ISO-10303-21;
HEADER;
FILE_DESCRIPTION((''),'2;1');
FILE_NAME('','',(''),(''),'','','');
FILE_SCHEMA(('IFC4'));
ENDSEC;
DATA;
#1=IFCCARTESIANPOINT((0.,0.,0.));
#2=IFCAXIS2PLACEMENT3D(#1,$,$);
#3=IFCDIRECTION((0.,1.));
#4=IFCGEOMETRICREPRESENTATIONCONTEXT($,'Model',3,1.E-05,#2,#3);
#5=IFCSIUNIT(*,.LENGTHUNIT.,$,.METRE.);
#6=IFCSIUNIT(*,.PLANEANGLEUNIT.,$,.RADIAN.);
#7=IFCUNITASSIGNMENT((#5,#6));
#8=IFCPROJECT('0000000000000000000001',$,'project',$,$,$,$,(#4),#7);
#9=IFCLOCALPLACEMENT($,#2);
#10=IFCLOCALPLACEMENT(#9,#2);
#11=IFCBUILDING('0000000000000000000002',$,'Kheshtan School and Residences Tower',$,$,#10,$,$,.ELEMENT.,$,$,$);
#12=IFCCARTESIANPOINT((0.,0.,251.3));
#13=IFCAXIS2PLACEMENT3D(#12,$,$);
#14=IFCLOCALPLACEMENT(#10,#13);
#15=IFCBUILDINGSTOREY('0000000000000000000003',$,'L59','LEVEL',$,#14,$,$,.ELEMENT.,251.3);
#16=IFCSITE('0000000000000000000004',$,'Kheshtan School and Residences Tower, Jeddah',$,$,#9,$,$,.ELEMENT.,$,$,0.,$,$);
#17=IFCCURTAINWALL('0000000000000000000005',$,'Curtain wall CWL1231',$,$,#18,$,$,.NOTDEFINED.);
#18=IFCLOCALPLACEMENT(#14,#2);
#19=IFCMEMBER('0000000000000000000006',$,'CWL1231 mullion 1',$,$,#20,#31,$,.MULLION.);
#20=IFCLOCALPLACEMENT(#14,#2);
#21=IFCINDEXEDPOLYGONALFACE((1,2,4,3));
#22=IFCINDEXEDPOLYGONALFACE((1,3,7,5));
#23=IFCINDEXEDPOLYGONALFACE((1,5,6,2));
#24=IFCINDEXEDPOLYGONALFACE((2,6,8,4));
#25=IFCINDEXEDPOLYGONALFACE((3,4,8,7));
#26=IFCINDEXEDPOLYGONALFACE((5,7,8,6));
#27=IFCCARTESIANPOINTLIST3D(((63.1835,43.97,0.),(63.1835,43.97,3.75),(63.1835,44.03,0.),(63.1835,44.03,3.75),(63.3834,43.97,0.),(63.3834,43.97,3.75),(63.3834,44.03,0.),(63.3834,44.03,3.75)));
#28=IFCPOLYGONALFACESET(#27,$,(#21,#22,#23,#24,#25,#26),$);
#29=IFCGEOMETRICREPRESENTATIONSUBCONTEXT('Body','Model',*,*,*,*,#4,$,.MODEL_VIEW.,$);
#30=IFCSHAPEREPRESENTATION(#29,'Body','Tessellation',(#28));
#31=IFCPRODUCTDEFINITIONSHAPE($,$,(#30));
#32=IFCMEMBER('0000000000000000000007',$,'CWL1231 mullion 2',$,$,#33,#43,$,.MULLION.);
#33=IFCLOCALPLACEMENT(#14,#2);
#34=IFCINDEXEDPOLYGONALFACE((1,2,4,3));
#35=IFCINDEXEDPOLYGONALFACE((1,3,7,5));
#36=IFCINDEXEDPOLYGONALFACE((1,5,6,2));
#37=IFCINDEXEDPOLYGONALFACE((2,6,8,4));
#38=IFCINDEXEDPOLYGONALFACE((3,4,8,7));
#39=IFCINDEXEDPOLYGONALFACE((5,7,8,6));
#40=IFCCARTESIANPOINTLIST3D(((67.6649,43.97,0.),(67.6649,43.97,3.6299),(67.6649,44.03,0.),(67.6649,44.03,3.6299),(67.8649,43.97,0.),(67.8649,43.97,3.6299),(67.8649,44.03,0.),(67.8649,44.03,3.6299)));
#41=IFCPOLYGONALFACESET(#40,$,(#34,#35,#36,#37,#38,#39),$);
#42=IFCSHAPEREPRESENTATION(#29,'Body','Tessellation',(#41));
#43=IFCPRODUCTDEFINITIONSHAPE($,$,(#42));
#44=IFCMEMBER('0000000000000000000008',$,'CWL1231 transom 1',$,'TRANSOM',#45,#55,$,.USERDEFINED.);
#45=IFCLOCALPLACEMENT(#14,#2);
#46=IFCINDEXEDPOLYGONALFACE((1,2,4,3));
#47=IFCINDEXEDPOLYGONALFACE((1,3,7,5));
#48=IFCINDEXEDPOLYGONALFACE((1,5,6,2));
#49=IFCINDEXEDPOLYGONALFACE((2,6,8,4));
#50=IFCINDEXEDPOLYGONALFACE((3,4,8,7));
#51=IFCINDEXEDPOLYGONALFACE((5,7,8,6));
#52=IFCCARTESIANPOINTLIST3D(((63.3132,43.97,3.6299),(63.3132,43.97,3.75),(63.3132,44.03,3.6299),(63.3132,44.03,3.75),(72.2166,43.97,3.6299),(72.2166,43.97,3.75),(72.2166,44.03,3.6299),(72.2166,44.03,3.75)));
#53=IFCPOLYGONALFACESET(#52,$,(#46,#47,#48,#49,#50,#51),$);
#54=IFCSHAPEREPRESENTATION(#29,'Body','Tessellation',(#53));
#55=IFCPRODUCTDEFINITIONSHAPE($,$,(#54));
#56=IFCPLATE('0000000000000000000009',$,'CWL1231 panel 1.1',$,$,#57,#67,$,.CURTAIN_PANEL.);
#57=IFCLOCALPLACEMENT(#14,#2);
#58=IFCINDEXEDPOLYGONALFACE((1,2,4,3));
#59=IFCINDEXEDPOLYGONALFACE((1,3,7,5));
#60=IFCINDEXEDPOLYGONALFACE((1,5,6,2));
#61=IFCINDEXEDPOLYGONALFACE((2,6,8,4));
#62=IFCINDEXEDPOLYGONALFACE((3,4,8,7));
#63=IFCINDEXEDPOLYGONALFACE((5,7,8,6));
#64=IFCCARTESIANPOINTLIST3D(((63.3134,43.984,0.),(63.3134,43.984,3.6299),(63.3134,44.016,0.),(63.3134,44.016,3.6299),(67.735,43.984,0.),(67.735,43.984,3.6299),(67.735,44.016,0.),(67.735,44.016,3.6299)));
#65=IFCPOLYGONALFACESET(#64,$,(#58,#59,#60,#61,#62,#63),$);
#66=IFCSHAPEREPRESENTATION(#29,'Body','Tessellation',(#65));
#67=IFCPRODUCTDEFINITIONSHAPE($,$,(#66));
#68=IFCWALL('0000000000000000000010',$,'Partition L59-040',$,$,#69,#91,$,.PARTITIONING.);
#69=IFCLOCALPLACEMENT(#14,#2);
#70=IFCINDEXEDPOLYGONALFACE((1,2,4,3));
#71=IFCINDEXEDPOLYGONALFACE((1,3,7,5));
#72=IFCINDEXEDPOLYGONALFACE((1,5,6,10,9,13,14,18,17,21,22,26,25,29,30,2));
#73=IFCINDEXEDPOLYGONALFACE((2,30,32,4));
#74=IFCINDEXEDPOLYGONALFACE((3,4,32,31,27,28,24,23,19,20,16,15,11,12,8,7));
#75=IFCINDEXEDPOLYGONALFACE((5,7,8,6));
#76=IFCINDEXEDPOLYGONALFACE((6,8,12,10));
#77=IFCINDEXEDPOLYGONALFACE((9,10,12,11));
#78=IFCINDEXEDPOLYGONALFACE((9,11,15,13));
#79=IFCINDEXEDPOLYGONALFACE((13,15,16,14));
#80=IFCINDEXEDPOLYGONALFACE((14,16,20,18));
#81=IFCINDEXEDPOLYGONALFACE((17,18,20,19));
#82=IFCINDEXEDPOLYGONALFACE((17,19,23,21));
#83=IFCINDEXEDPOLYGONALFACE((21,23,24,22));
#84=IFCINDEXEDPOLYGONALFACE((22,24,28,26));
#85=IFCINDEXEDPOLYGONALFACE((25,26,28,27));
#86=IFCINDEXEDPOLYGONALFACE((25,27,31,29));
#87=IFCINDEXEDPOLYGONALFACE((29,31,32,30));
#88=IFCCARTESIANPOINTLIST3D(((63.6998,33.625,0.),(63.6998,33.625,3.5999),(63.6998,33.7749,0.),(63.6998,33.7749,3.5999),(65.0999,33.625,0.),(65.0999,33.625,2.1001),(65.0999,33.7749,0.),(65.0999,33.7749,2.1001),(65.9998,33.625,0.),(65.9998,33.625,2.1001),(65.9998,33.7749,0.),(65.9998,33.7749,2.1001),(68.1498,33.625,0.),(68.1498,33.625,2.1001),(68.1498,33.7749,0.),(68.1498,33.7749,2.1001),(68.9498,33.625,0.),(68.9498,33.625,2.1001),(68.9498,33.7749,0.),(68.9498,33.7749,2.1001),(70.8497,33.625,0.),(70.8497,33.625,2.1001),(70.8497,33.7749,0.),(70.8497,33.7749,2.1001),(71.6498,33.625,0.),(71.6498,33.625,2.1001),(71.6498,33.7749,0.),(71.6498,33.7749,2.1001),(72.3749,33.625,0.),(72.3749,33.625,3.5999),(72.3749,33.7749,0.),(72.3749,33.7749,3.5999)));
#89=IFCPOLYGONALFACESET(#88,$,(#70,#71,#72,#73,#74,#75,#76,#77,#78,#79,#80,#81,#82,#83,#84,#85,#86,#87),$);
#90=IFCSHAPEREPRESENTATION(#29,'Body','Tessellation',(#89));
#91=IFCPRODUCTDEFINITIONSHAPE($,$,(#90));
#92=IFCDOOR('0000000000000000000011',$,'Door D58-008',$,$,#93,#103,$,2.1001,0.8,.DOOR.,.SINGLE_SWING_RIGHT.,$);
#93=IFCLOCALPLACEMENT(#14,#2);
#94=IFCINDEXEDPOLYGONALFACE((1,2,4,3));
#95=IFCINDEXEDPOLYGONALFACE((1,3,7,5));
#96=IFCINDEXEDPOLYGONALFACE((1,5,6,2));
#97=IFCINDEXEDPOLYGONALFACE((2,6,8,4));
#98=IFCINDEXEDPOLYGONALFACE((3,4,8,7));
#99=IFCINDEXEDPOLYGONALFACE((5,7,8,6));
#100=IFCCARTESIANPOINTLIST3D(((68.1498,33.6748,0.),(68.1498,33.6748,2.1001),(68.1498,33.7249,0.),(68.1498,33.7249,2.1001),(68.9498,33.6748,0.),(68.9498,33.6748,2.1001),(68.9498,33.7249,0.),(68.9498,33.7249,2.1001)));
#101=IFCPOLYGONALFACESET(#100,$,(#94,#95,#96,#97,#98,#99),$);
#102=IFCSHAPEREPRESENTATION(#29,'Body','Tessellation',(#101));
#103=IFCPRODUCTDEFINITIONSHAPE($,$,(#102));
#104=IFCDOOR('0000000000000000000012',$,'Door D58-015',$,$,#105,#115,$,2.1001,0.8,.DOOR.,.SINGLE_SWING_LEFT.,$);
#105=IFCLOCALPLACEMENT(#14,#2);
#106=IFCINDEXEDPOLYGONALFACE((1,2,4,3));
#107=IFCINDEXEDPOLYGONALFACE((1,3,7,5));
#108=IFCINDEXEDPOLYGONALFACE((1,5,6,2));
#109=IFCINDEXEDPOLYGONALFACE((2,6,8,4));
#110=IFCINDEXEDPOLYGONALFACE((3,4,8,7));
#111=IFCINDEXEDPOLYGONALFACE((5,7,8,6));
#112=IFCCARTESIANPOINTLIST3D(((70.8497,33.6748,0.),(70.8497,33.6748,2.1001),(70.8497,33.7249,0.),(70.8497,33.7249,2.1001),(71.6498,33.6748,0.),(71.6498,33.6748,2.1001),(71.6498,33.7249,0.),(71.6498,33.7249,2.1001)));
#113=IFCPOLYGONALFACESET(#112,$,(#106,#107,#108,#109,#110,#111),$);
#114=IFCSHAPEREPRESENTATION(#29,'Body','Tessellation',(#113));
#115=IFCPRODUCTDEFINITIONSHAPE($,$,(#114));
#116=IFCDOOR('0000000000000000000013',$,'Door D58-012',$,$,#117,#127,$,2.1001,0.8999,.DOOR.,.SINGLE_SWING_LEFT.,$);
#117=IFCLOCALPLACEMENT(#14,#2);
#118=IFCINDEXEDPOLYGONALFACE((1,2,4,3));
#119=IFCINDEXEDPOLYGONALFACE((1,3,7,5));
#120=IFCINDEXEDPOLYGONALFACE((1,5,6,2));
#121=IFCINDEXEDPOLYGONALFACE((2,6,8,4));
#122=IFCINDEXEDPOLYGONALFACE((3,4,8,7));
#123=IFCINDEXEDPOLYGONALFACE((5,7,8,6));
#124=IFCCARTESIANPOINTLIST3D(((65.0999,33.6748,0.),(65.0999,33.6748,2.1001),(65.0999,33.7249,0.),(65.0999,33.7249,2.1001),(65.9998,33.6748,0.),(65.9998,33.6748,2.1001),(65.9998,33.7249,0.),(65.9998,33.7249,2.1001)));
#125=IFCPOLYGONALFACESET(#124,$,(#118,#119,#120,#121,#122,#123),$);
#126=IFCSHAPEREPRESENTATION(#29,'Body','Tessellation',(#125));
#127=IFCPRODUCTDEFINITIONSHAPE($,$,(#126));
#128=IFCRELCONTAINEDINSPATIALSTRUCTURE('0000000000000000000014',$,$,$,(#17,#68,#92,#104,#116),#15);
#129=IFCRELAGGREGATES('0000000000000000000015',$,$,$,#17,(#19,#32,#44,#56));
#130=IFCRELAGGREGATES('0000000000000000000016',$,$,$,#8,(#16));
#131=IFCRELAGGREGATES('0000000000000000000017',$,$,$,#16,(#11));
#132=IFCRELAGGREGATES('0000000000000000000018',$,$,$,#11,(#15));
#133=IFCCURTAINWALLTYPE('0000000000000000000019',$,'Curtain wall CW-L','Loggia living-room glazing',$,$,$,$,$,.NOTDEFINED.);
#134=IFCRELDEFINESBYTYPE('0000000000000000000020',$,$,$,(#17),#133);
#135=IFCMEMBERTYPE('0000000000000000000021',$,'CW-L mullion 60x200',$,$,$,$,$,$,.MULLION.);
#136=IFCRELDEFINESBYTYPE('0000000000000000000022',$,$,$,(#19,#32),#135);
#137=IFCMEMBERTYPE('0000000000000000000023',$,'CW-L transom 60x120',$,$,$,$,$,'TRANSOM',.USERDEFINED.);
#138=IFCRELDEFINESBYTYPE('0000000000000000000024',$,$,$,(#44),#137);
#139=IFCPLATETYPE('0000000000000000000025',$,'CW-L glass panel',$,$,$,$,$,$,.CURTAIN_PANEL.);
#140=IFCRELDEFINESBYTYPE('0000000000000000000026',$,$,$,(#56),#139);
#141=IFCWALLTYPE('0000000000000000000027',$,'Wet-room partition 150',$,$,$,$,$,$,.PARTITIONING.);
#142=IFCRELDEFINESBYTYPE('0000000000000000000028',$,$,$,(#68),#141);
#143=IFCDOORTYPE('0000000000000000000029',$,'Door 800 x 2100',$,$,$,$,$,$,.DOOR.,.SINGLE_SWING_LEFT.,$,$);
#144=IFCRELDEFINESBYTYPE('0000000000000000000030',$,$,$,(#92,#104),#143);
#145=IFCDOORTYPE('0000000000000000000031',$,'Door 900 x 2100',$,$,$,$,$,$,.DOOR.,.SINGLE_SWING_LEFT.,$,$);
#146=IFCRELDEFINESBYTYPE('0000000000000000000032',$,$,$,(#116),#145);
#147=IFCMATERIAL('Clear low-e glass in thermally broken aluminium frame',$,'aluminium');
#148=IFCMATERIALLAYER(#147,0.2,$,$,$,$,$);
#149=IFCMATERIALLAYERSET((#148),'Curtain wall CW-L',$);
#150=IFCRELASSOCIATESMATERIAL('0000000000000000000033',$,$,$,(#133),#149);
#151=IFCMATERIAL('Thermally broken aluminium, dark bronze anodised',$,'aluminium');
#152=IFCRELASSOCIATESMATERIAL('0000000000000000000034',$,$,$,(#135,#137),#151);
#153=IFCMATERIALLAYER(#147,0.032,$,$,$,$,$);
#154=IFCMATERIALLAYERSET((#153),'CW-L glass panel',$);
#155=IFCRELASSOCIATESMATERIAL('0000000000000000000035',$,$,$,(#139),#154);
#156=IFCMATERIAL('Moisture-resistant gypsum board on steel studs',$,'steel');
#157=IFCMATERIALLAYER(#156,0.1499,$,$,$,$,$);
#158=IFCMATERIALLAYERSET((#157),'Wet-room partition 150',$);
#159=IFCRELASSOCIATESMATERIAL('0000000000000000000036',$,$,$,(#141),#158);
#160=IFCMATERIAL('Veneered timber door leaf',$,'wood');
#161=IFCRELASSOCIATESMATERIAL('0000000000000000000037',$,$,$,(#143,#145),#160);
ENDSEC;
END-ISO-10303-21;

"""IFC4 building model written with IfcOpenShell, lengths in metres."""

from ifc_helpers import new_model, si_unit, direction, frame, frame_2d, origin, origin_2d, place, context, subcontext, project, spatial, rectangle, extrude, source, transform, mapped, material, layer, layer_set, material_profile, profile_set, type_object, element, fill, aggregate, save


model = new_model("IFC4")

# Units and contexts
model_context = context("Model", 3, precision=1e-05, world=origin(), true_north=direction((0.0, 1.0)))
body_context = subcontext(model_context, "Body", "Model", "MODEL_VIEW")
ifc_project = project(units=[si_unit("LENGTHUNIT", "METRE"), si_unit("PLANEANGLEUNIT", "RADIAN")], contexts=[model_context])

# Site, building, storey
site_placement = place(None, origin())
site = spatial("IfcSite", under=ifc_project, at=site_placement, Name="Kheshtan School and Residences Tower, Jeddah", CompositionType="ELEMENT", RefElevation=0.0)
building_placement = place(site_placement, origin())
building = spatial("IfcBuilding", under=site, at=building_placement, Name="Kheshtan School and Residences Tower", CompositionType="ELEMENT")
storey_placement = place(building_placement, frame((0.0, 0.0, 251.3)))
storey = spatial("IfcBuildingStorey", under=building, at=storey_placement, Name="L59", Description="LEVEL", CompositionType="ELEMENT", Elevation=251.3)

# Curtain wall, members, plate
ifc_material_1 = material(Name="Clear low-e glass in thermally broken aluminium frame", Category="aluminium")
ifc_layer_1 = layer(ifc_material_1, 0.2)
ifc_layer_set_1 = layer_set([ifc_layer_1], Name="Curtain wall CW-L")
curtain_wall_type = type_object("IfcCurtainWallType", Name="Curtain wall CW-L", Description="Loggia living-room glazing", PredefinedType="NOTDEFINED", material=ifc_layer_set_1)
curtain_wall_placement = place(storey_placement, origin())
curtain_wall = element("IfcCurtainWall", 1, at=curtain_wall_placement, inside=storey, type_object=curtain_wall_type, Name="Curtain wall CWL1231", PredefinedType="NOTDEFINED")
ifc_material_2 = material(Name="Thermally broken aluminium, dark bronze anodised", Category="aluminium")
ifc_material_profile_1 = material_profile(ifc_material_2, rectangle(XDim=0.0601, YDim=0.2, at=origin_2d()), Name="CW-L mullion 60x200")
ifc_profile_set_1 = profile_set([ifc_material_profile_1], Name="Thermally broken aluminium, dark bronze anodised")
member_type_1 = type_object("IfcMemberType", Name="CW-L mullion 60x200", PredefinedType="MULLION", material=ifc_profile_set_1)
member_1_placement = place(storey_placement, frame((63.2834, 44.0, 0.0), z_axis=(0.0, 0.0, 1.0), x_axis=(0.0, 1.0, 0.0)))
member_1 = element("IfcMember", 2, at=member_1_placement, type_object=member_type_1, Name="CWL1231 mullion 1", PredefinedType="MULLION", context=body_context, shape_type="SweptSolid", body=[
    extrude(rectangle(XDim=0.0601, YDim=0.2, at=origin_2d()), origin(), (0.0, 0.0, 1.0), 3.75),
])
member_2_placement = place(storey_placement, frame((67.7649, 44.0, 0.0), z_axis=(0.0, 0.0, 1.0), x_axis=(0.0, 1.0, 0.0)))
member_2 = element("IfcMember", 3, at=member_2_placement, type_object=member_type_1, Name="CWL1231 mullion 2", PredefinedType="MULLION", context=body_context, shape_type="SweptSolid", body=[
    extrude(rectangle(XDim=0.0601, YDim=0.2, at=origin_2d()), origin(), (0.0, 0.0, 1.0), 3.6299),
])
ifc_material_profile_2 = material_profile(ifc_material_2, rectangle(XDim=0.0601, YDim=0.1201, at=origin_2d()), Name="CW-L transom 60x120")
ifc_profile_set_2 = profile_set([ifc_material_profile_2], Name="Thermally broken aluminium, dark bronze anodised")
member_type_2 = type_object("IfcMemberType", Name="CW-L transom 60x120", ElementType="TRANSOM", PredefinedType="USERDEFINED", material=ifc_profile_set_2)
member_3_placement = place(storey_placement, frame((63.3132, 44.0, 3.6899), z_axis=(1.0, 0.0, 0.0), x_axis=(0.0, 1.0, 0.0)))
member_3 = element("IfcMember", 4, at=member_3_placement, type_object=member_type_2, Name="CWL1231 transom 1", ObjectType="TRANSOM", PredefinedType="USERDEFINED", context=body_context, shape_type="SweptSolid", body=[
    extrude(rectangle(XDim=0.0601, YDim=0.1201, at=origin_2d()), origin(), (0.0, 0.0, 1.0), 8.9033),
])
ifc_layer_2 = layer(ifc_material_1, 0.032)
ifc_layer_set_2 = layer_set([ifc_layer_2], Name="CW-L glass panel")
plate_type = type_object("IfcPlateType", Name="CW-L glass panel", PredefinedType="CURTAIN_PANEL", material=ifc_layer_set_2)
plate_placement = place(storey_placement, frame((65.5242, 44.0, 0.0), z_axis=(0.0, 0.0, 1.0), x_axis=(1.0, 0.0, 0.0)))
plate = element("IfcPlate", 5, at=plate_placement, type_object=plate_type, Name="CWL1231 panel 1.1", PredefinedType="CURTAIN_PANEL", context=body_context, shape_type="SweptSolid", body=[
    extrude(rectangle(XDim=4.4216, YDim=0.032, at=origin_2d()), origin(), (0.0, 0.0, 1.0), 3.6299),
])
aggregate(curtain_wall, [member_1, member_2, member_3, plate])

# Wall, openings, doors
ifc_material_3 = material(Name="Moisture-resistant gypsum board on steel studs", Category="steel")
ifc_layer_3 = layer(ifc_material_3, 0.1499)
ifc_layer_set_3 = layer_set([ifc_layer_3], Name="Wet-room partition 150")
wall_type_1 = type_object("IfcWallType", Name="Wet-room partition 150", PredefinedType="PARTITIONING", material=ifc_layer_set_3)
wall_1_placement = place(storey_placement, frame((63.7, 33.7, 0.0), z_axis=(0.0, 0.0, 1.0), x_axis=(1.0, 0.0, 0.0)))
wall_1 = element("IfcWall", 6, at=wall_1_placement, inside=storey, type_object=wall_type_1, Name="Partition L59-040", PredefinedType="PARTITIONING", context=body_context, shape_type="SweptSolid", body=[
    extrude(rectangle(XDim=8.675, YDim=0.1499, at=frame_2d((4.3374, 0.0))), origin(), (0.0, 0.0, 1.0), 3.5999),
])
opening_1_placement = place(wall_1_placement, frame((4.45, 0.0, 0.0)))
opening_1 = element("IfcOpeningElement", 7, at=opening_1_placement, cuts=wall_1, PredefinedType="OPENING", context=body_context, shape_type="SweptSolid", body=[
    extrude(rectangle(XDim=0.8, YDim=2.1001, at=frame_2d((0.3999, 1.05))), frame((0.0, 0.085, 0.0), z_axis=(0.0, -1.0, 0.0), x_axis=(1.0, 0.0, 0.0)), (0.0, 0.0, 1.0), 0.1699),
])
opening_2_placement = place(wall_1_placement, frame((1.3999, 0.0, 0.0)))
opening_2 = element("IfcOpeningElement", 8, at=opening_2_placement, cuts=wall_1, PredefinedType="OPENING", context=body_context, shape_type="SweptSolid", body=[
    extrude(rectangle(XDim=0.8999, YDim=2.1001, at=frame_2d((0.45, 1.05))), frame((0.0, 0.085, 0.0), z_axis=(0.0, -1.0, 0.0), x_axis=(1.0, 0.0, 0.0)), (0.0, 0.0, 1.0), 0.1699),
])
opening_3_placement = place(wall_1_placement, frame((7.1499, 0.0, 0.0)))
opening_3 = element("IfcOpeningElement", 9, at=opening_3_placement, cuts=wall_1, PredefinedType="OPENING", context=body_context, shape_type="SweptSolid", body=[
    extrude(rectangle(XDim=0.8, YDim=2.1001, at=frame_2d((0.3999, 1.05))), frame((0.0, 0.085, 0.0), z_axis=(0.0, -1.0, 0.0), x_axis=(1.0, 0.0, 0.0)), (0.0, 0.0, 1.0), 0.1699),
])
ifc_material_4 = material(Name="Veneered timber door leaf", Category="wood")
door_type_1 = type_object("IfcDoorType", Name="Door 800 x 2100", OperationType="SINGLE_SWING_LEFT", PredefinedType="DOOR", material=ifc_material_4)
shared_shape_1 = source(origin(), body_context, "Body", "SweptSolid", [
    extrude(rectangle(XDim=0.8, YDim=2.1001, at=frame_2d((0.3999, 1.05))), frame((0.0, 0.0249, 0.0), z_axis=(0.0, -1.0, 0.0), x_axis=(1.0, 0.0, 0.0)), (0.0, 0.0, 1.0), 0.05),
])
door_1_placement = place(opening_1_placement, origin())
door_1 = element("IfcDoor", 10, at=door_1_placement, inside=storey, type_object=door_type_1, Name="Door D58-008", OperationType="SINGLE_SWING_RIGHT", OverallHeight=2.1001, OverallWidth=0.8, PredefinedType="DOOR", context=body_context, shape_type="MappedRepresentation", body=[
    mapped(shared_shape_1, transform((0.0, 0.0, 0.0), x_axis=(1.0, 0.0, 0.0), y_axis=(0.0, 1.0, 0.0), z_axis=(0.0, 0.0, 1.0), scale=1.0)),
])
fill(opening_1, door_1)
door_2_placement = place(opening_3_placement, origin())
door_2 = element("IfcDoor", 11, at=door_2_placement, inside=storey, type_object=door_type_1, Name="Door D58-015", OperationType="SINGLE_SWING_LEFT", OverallHeight=2.1001, OverallWidth=0.8, PredefinedType="DOOR", context=body_context, shape_type="MappedRepresentation", body=[
    mapped(shared_shape_1, transform((0.0, 0.0, 0.0), x_axis=(1.0, 0.0, 0.0), y_axis=(0.0, 1.0, 0.0), z_axis=(0.0, 0.0, 1.0), scale=1.0)),
])
fill(opening_3, door_2)
door_type_2 = type_object("IfcDoorType", Name="Door 900 x 2100", OperationType="SINGLE_SWING_LEFT", PredefinedType="DOOR", material=ifc_material_4)
shared_shape_2 = source(origin(), body_context, "Body", "SweptSolid", [
    extrude(rectangle(XDim=0.8999, YDim=2.1001, at=frame_2d((0.45, 1.05))), frame((0.0, 0.0249, 0.0), z_axis=(0.0, -1.0, 0.0), x_axis=(1.0, 0.0, 0.0)), (0.0, 0.0, 1.0), 0.05),
])
door_3_placement = place(opening_2_placement, origin())
door_3 = element("IfcDoor", 12, at=door_3_placement, inside=storey, type_object=door_type_2, Name="Door D58-012", OperationType="SINGLE_SWING_LEFT", OverallHeight=2.1001, OverallWidth=0.8999, PredefinedType="DOOR", context=body_context, shape_type="MappedRepresentation", body=[
    mapped(shared_shape_2, transform((0.0, 0.0, 0.0), x_axis=(1.0, 0.0, 0.0), y_axis=(0.0, 1.0, 0.0), z_axis=(0.0, 0.0, 1.0), scale=1.0)),
])
fill(opening_2, door_3)

save(model, "model.ifc")
